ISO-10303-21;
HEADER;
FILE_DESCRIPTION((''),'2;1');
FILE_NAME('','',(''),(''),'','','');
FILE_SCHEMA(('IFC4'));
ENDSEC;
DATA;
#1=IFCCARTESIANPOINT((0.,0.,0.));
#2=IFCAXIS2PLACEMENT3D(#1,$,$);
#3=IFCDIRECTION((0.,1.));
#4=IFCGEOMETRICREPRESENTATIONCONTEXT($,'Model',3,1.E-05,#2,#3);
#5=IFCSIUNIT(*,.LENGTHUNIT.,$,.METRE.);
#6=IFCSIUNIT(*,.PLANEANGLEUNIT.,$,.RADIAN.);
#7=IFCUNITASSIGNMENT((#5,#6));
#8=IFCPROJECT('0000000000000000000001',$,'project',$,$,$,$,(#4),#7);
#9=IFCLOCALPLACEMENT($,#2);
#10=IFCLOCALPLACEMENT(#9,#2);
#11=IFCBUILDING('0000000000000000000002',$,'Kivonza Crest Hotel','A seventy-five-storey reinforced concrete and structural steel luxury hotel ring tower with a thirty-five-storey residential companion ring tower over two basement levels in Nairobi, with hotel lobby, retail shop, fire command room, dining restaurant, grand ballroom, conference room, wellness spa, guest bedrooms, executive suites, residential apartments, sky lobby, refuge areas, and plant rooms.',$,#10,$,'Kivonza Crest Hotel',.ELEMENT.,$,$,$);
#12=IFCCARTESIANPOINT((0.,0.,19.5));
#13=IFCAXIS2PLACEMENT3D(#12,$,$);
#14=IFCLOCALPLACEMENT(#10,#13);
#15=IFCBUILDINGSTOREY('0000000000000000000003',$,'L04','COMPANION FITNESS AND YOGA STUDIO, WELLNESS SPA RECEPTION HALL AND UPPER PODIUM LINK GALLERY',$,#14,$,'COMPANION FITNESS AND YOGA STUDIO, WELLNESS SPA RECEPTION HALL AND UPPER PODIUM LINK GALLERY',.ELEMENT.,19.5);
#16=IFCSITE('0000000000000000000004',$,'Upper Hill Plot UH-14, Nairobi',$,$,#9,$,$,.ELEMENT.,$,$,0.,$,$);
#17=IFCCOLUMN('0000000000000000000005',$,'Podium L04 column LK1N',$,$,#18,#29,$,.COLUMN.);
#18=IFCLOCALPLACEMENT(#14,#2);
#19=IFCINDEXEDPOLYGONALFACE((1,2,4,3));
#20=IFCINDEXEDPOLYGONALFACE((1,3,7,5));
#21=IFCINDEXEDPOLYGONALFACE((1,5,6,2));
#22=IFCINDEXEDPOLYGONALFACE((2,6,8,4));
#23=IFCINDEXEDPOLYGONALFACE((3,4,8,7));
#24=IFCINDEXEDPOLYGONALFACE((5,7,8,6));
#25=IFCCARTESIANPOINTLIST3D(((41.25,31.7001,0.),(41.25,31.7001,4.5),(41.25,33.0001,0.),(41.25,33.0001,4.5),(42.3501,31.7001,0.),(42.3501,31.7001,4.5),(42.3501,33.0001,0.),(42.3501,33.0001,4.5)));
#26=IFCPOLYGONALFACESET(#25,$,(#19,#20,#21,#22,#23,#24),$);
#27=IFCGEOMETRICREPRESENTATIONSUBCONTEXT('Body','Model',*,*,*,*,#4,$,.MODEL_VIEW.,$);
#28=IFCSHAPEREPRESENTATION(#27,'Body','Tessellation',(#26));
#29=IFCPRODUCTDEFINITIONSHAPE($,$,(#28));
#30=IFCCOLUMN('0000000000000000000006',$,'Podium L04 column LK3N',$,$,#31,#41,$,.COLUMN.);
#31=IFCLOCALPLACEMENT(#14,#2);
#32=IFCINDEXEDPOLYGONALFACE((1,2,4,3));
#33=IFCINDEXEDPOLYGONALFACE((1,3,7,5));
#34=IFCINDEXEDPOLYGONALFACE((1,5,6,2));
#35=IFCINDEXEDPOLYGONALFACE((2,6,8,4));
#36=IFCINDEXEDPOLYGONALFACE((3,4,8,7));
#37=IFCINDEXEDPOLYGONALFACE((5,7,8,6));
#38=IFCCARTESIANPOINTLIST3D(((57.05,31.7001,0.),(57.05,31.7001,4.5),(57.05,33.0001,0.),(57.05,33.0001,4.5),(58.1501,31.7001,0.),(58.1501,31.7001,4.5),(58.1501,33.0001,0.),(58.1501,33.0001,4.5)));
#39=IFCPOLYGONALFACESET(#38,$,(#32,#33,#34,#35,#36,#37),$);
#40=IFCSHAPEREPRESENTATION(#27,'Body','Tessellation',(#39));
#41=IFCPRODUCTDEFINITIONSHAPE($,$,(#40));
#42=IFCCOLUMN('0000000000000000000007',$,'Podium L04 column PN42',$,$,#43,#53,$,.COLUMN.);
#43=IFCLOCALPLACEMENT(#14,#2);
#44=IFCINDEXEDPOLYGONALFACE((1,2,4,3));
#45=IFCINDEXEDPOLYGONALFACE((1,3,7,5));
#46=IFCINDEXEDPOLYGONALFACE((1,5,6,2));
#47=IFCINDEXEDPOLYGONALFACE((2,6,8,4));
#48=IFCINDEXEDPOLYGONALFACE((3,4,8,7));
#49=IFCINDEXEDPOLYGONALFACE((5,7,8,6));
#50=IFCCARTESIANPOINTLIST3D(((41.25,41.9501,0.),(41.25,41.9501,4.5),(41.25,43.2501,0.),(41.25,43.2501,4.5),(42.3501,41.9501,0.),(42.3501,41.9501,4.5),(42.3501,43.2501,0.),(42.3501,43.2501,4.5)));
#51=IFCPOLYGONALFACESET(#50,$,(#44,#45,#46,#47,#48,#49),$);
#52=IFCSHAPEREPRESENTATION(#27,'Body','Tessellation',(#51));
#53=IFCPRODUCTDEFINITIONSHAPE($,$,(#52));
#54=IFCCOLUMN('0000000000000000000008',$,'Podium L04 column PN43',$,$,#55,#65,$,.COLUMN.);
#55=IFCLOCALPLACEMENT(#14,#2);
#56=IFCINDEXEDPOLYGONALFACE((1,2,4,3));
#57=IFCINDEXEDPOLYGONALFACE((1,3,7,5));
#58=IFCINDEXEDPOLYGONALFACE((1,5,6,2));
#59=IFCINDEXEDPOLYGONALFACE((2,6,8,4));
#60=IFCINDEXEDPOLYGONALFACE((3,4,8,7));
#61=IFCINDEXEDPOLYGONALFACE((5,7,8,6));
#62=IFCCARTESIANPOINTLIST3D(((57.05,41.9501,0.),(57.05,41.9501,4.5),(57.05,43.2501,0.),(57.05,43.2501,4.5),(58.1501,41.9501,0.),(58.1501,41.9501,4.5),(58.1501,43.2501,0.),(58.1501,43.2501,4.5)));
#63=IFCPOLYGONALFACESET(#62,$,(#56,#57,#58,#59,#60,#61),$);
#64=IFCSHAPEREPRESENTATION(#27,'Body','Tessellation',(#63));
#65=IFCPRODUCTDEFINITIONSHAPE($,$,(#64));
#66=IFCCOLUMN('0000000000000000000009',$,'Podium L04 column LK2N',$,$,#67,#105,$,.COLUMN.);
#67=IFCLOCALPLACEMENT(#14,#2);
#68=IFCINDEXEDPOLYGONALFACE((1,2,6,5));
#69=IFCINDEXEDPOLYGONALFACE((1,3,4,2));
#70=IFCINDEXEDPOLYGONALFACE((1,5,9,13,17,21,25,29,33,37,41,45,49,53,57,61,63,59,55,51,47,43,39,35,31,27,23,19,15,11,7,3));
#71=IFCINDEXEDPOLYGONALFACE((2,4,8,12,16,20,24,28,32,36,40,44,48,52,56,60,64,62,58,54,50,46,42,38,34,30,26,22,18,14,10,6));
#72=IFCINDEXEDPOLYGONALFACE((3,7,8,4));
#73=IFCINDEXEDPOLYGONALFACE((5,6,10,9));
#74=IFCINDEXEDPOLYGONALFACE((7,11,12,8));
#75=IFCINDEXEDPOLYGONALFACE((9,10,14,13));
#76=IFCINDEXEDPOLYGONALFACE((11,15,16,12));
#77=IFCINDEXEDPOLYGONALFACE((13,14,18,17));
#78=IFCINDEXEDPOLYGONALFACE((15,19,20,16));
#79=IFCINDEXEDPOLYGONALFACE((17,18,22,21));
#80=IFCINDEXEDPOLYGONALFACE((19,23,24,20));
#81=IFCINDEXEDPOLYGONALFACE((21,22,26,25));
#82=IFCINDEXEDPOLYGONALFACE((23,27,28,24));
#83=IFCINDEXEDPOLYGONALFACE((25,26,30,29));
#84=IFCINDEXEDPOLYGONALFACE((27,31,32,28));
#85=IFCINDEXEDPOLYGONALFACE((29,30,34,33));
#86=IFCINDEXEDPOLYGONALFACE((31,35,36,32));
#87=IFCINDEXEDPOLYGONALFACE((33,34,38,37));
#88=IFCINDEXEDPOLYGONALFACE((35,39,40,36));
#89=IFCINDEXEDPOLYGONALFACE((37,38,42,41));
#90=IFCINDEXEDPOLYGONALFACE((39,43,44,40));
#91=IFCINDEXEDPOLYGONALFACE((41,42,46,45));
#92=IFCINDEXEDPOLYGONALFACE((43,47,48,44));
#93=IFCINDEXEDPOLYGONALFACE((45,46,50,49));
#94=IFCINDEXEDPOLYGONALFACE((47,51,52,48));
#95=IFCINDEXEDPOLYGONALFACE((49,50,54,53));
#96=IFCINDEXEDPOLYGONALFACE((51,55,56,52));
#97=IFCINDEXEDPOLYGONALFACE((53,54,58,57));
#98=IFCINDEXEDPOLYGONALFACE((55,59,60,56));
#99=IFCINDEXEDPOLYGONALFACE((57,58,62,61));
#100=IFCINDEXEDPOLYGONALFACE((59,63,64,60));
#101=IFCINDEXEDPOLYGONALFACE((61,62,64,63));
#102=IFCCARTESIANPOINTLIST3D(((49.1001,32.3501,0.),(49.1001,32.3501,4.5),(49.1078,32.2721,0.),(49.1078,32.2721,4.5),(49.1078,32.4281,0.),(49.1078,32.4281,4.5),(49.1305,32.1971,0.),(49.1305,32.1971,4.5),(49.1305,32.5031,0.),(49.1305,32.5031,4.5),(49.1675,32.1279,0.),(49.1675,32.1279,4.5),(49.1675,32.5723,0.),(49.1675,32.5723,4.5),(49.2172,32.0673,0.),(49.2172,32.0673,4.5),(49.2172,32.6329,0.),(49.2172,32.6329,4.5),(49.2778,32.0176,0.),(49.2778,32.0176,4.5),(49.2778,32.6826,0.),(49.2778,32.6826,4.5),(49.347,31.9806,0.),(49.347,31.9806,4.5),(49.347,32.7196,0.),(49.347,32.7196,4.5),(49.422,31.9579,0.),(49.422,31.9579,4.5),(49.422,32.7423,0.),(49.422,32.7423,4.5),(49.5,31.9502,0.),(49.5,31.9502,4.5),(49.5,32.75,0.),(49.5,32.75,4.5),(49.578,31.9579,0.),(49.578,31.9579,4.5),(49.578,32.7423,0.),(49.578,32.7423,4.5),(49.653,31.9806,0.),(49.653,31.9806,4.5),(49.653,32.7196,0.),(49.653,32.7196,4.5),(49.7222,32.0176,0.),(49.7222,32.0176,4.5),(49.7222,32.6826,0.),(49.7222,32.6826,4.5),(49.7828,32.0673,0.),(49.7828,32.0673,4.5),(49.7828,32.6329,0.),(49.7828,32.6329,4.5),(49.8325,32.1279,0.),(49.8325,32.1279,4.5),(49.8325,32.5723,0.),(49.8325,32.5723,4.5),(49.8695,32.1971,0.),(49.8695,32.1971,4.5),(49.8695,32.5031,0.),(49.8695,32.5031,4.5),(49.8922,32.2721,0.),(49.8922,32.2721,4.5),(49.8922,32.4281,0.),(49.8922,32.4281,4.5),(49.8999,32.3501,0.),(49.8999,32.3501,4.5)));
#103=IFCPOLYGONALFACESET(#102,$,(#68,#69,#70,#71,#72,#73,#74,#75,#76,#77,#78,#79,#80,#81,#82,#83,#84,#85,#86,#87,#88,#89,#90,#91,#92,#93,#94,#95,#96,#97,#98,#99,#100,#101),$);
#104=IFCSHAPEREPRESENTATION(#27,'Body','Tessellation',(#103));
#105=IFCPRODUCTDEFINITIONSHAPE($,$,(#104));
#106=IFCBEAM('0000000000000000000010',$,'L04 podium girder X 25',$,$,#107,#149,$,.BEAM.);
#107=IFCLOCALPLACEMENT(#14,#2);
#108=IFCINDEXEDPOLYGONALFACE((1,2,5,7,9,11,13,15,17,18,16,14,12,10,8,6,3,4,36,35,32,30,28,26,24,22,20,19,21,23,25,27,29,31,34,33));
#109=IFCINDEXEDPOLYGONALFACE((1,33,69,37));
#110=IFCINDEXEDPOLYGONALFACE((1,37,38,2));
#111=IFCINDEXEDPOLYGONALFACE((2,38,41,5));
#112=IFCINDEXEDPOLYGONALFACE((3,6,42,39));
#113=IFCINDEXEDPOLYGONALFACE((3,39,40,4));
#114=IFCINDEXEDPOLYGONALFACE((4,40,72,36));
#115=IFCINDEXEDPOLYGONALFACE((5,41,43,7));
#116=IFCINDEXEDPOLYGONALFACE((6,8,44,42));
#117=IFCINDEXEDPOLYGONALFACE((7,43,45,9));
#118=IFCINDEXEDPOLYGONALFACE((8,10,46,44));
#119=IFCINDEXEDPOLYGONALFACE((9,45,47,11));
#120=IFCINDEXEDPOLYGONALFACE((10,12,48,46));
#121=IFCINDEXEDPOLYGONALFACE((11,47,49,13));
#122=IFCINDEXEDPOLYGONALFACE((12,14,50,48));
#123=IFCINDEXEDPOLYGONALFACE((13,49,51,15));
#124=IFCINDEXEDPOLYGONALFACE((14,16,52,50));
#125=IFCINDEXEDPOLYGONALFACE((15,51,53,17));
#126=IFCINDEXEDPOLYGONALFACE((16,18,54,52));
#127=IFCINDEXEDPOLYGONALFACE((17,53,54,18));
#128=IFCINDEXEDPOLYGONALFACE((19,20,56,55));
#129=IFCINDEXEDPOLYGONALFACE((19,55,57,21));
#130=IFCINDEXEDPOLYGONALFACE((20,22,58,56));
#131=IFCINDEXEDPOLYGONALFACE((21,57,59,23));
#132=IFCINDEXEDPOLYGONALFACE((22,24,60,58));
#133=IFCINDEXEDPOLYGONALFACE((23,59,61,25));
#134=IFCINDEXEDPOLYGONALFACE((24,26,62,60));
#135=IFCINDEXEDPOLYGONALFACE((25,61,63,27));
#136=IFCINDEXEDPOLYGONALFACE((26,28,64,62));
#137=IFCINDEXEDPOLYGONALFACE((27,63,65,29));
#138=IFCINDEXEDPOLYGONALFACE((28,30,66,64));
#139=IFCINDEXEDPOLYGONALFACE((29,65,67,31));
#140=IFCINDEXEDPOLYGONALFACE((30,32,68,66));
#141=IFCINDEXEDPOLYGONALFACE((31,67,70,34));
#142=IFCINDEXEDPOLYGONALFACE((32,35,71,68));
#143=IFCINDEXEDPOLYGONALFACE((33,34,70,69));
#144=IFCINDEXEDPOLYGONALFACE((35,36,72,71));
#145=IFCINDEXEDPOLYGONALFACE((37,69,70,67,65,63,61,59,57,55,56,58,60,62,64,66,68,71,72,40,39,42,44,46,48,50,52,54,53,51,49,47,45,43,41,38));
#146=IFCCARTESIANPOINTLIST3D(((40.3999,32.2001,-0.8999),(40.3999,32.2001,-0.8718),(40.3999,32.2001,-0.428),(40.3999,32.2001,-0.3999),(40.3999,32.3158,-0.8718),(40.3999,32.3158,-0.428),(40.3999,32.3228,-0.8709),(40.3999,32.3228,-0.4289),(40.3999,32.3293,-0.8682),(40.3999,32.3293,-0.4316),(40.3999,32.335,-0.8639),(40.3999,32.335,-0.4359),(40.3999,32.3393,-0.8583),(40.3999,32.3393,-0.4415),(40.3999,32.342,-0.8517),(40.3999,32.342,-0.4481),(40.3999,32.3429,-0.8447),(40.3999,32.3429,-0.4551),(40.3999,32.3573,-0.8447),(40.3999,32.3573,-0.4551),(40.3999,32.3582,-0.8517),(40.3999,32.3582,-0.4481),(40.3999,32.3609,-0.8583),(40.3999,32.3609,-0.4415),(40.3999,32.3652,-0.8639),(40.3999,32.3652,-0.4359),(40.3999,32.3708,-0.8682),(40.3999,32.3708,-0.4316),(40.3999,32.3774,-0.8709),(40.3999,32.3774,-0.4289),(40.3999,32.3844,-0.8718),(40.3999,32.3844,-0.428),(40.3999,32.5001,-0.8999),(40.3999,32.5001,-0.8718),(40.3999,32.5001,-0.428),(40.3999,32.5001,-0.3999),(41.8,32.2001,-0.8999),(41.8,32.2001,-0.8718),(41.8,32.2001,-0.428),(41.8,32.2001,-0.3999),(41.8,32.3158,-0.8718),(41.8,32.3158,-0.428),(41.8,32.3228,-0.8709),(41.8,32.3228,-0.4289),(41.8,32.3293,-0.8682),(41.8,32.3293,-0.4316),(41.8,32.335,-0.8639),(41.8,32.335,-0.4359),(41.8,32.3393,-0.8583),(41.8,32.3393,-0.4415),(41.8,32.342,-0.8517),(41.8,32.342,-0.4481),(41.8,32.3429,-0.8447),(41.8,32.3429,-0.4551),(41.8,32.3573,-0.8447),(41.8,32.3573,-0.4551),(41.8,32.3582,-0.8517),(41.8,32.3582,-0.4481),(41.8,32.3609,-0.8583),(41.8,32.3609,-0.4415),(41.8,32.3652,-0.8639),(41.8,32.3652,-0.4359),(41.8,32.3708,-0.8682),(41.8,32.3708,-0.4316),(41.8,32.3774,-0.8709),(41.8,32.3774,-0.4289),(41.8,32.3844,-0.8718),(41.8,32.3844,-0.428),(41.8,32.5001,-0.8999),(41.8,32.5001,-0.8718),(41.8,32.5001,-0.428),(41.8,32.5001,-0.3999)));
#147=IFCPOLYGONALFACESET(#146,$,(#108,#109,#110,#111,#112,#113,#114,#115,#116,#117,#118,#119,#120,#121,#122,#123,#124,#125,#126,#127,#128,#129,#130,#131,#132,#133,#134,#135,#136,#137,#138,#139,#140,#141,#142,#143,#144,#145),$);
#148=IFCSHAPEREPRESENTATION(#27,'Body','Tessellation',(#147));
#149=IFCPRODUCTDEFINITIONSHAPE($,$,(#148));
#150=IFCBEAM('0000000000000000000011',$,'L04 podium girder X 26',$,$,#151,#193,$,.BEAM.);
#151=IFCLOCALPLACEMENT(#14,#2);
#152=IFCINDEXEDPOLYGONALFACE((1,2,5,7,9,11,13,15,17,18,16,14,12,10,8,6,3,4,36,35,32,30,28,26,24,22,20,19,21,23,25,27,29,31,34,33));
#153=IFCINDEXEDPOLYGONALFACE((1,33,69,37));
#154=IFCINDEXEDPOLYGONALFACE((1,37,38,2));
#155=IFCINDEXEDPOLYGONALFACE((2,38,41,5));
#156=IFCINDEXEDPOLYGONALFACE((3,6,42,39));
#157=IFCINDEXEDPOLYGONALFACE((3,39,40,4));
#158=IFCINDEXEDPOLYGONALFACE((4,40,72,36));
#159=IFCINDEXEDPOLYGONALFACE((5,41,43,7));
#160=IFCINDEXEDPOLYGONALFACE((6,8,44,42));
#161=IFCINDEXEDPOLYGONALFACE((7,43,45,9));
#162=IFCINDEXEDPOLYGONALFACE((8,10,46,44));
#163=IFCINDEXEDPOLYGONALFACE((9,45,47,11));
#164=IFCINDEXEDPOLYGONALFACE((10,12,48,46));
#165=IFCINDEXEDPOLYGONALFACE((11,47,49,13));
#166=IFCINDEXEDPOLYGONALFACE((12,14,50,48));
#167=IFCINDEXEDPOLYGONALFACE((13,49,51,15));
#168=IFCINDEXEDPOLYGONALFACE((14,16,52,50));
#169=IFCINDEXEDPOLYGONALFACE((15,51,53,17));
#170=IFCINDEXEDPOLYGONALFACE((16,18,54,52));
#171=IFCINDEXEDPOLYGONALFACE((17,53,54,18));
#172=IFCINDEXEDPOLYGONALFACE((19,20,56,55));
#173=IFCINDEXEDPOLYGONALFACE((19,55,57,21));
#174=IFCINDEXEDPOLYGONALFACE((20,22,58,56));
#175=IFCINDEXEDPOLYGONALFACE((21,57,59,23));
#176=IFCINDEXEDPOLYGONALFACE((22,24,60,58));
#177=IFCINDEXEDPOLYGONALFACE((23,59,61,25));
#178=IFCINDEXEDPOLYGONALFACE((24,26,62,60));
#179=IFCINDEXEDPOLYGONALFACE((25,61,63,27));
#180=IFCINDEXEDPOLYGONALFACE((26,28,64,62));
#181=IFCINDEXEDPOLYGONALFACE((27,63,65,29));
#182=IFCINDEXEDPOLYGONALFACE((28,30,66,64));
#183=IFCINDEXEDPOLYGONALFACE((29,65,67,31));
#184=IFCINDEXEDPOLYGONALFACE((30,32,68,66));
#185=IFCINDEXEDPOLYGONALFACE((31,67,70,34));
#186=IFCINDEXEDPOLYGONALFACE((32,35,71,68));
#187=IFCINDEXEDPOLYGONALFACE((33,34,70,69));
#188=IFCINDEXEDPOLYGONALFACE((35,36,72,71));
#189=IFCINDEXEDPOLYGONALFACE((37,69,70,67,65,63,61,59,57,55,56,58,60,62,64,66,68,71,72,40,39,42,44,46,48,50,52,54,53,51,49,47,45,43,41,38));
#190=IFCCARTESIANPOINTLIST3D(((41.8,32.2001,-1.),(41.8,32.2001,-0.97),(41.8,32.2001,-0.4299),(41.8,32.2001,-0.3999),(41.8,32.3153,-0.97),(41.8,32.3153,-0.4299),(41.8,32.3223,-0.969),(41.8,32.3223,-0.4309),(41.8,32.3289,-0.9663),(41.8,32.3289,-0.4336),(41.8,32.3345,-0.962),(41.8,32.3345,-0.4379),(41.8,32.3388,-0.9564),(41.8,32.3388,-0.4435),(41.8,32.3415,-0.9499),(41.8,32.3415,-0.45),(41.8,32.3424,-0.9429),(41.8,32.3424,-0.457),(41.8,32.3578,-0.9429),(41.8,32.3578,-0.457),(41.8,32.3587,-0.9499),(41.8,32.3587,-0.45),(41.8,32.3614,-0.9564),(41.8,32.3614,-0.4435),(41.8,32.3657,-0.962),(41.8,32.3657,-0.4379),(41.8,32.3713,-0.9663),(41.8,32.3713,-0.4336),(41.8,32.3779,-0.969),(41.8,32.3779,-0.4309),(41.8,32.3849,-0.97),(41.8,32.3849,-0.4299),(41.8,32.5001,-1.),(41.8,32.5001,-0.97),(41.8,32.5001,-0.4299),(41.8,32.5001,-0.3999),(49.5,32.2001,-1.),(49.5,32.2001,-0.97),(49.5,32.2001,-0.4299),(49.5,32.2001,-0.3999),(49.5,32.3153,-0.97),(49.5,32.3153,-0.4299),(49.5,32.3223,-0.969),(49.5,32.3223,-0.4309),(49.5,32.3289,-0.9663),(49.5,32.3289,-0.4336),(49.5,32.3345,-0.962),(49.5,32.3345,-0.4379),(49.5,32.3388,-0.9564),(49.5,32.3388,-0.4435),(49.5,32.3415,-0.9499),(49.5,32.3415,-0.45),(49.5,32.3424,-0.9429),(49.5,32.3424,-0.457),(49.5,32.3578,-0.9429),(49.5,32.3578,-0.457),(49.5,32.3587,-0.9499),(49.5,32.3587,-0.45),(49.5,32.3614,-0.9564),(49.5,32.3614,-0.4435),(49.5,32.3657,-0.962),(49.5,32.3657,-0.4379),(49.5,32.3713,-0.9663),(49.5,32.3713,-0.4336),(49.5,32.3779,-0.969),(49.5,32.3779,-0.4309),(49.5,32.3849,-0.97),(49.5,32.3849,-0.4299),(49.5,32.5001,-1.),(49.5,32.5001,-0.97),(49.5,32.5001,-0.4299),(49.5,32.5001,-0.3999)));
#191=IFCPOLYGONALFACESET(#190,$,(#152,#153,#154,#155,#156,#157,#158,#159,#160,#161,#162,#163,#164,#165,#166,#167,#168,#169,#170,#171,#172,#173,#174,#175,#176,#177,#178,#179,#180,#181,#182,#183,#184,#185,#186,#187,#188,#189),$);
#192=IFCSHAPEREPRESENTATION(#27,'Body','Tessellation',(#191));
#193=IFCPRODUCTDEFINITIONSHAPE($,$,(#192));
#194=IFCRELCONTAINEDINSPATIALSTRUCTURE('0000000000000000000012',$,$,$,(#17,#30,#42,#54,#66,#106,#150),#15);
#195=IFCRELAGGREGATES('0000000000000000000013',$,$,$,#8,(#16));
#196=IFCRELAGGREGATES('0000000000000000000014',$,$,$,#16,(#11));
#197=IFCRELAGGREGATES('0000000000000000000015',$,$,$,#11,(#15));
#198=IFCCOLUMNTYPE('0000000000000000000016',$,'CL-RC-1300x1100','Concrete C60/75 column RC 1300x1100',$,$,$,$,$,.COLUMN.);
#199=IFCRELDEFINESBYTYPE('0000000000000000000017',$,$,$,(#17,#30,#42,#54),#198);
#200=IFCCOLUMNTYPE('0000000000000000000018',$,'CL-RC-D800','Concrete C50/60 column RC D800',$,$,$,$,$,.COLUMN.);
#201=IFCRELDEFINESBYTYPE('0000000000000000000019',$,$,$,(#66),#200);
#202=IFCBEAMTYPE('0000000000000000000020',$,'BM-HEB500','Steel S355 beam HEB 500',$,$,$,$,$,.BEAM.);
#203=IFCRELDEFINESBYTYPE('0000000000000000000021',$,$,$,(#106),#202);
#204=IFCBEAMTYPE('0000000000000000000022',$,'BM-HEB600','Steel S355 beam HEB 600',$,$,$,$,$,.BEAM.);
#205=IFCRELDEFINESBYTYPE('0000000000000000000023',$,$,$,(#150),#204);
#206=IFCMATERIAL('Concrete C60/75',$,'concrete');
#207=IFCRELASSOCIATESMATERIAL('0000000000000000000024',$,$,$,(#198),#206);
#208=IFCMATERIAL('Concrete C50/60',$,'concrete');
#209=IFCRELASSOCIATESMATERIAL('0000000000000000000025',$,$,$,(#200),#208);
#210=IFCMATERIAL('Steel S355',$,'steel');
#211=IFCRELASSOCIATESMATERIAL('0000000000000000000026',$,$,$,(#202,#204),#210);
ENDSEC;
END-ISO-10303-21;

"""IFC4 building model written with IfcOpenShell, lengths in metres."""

from ifc_helpers import new_model, si_unit, direction, frame, origin, origin_2d, place, context, subcontext, project, spatial, rectangle, circle, i_section, extrude, material, material_profile, profile_set, type_object, element, save


model = new_model("IFC4")

# Units and contexts
model_context = context("Model", 3, precision=1e-05, world=origin(), true_north=direction((0.0, 1.0)))
body_context = subcontext(model_context, "Body", "Model", "MODEL_VIEW")
ifc_project = project(units=[si_unit("LENGTHUNIT", "METRE"), si_unit("PLANEANGLEUNIT", "RADIAN")], contexts=[model_context])

# Site, building, storey
site_placement = place(None, origin())
site = spatial("IfcSite", under=ifc_project, at=site_placement, Name="Upper Hill Plot UH-14, Nairobi", CompositionType="ELEMENT", RefElevation=0.0)
building_placement = place(site_placement, origin())
building = spatial("IfcBuilding", under=site, at=building_placement, Name="Kivonza Crest Hotel", Description="A seventy-five-storey reinforced concrete and structural steel luxury hotel ring tower with a thirty-five-storey residential companion ring tower over two basement levels in Nairobi, with hotel lobby, retail shop, fire command room, dining restaurant, grand ballroom, conference room, wellness spa, guest bedrooms, executive suites, residential apartments, sky lobby, refuge areas, and plant rooms.", LongName="Kivonza Crest Hotel", CompositionType="ELEMENT")
storey_placement = place(building_placement, frame((0.0, 0.0, 19.5)))
storey = spatial("IfcBuildingStorey", under=building, at=storey_placement, Name="L04", Description="COMPANION FITNESS AND YOGA STUDIO, WELLNESS SPA RECEPTION HALL AND UPPER PODIUM LINK GALLERY", LongName="COMPANION FITNESS AND YOGA STUDIO, WELLNESS SPA RECEPTION HALL AND UPPER PODIUM LINK GALLERY", CompositionType="ELEMENT", Elevation=19.5)

# Columns
ifc_material_1 = material(Name="Concrete C60/75", Category="concrete")
ifc_material_profile_1 = material_profile(ifc_material_1, rectangle(XDim=1.1001, YDim=1.3, at=origin_2d()), Name="RC 1300x1100")
ifc_profile_set_1 = profile_set([ifc_material_profile_1], Name="Concrete C60/75")
column_type_1 = type_object("IfcColumnType", Name="CL-RC-1300x1100", Description="Concrete C60/75 column RC 1300x1100", PredefinedType="COLUMN", material=ifc_profile_set_1)
for number, where, z_axis, x_axis, name in (
    (1, (41.8, 32.3501, 0.0), (0.0, 0.0, 1.0), (1.0, 0.0, 0.0), "Podium L04 column LK1N"),
    (2, (57.6001, 32.3501, 0.0), (0.0, 0.0, 1.0), (1.0, 0.0, 0.0), "Podium L04 column LK3N"),
    (3, (41.8, 42.6001, 0.0), (0.0, 0.0, 1.0), (1.0, 0.0, 0.0), "Podium L04 column PN42"),
    (4, (57.6001, 42.6001, 0.0), (0.0, 0.0, 1.0), (1.0, 0.0, 0.0), "Podium L04 column PN43"),
):
    element("IfcColumn", number, at=place(storey_placement, frame(where, z_axis=z_axis, x_axis=x_axis)), inside=storey, type_object=column_type_1, Name=name, PredefinedType="COLUMN", context=body_context, shape_type="SweptSolid", body=[
        extrude(rectangle(XDim=1.1001, YDim=1.3, at=origin_2d()), origin(), (0.0, 0.0, 1.0), 4.5),
    ])
ifc_material_2 = material(Name="Concrete C50/60", Category="concrete")
ifc_material_profile_2 = material_profile(ifc_material_2, circle(Radius=0.3999, at=origin_2d()), Name="RC D800")
ifc_profile_set_2 = profile_set([ifc_material_profile_2], Name="Concrete C50/60")
column_type_2 = type_object("IfcColumnType", Name="CL-RC-D800", Description="Concrete C50/60 column RC D800", PredefinedType="COLUMN", material=ifc_profile_set_2)
column_placement = place(storey_placement, frame((49.5, 32.3501, 0.0), z_axis=(0.0, 0.0, 1.0), x_axis=(1.0, 0.0, 0.0)))
element("IfcColumn", 5, at=column_placement, inside=storey, type_object=column_type_2, Name="Podium L04 column LK2N", PredefinedType="COLUMN", context=body_context, shape_type="SweptSolid", body=[
    extrude(circle(Radius=0.3999, at=origin_2d()), origin(), (0.0, 0.0, 1.0), 4.5),
])

# Beams
ifc_material_3 = material(Name="Steel S355", Category="steel")
ifc_material_profile_3 = material_profile(ifc_material_3, i_section(OverallWidth=0.3, OverallDepth=0.5, WebThickness=0.0144, FlangeThickness=0.0281, FilletRadius=0.0271, at=origin_2d()), Name="HEB 500")
ifc_profile_set_3 = profile_set([ifc_material_profile_3], Name="Steel S355")
beam_type_1 = type_object("IfcBeamType", Name="BM-HEB500", Description="Steel S355 beam HEB 500", PredefinedType="BEAM", material=ifc_profile_set_3)
beam_1_placement = place(storey_placement, frame((40.3999, 32.3501, -0.6499), z_axis=(1.0, 0.0, 0.0), x_axis=(0.0, 1.0, 0.0)))
element("IfcBeam", 6, at=beam_1_placement, inside=storey, type_object=beam_type_1, Name="L04 podium girder X 25", PredefinedType="BEAM", context=body_context, shape_type="SweptSolid", body=[
    extrude(i_section(OverallWidth=0.3, OverallDepth=0.5, WebThickness=0.0144, FlangeThickness=0.0281, FilletRadius=0.0271, at=origin_2d()), origin(), (0.0, 0.0, 1.0), 1.4001),
])
ifc_material_profile_4 = material_profile(ifc_material_3, i_section(OverallWidth=0.3, OverallDepth=0.6001, WebThickness=0.0154, FlangeThickness=0.03, FilletRadius=0.0271, at=origin_2d()), Name="HEB 600")
ifc_profile_set_4 = profile_set([ifc_material_profile_4], Name="Steel S355")
beam_type_2 = type_object("IfcBeamType", Name="BM-HEB600", Description="Steel S355 beam HEB 600", PredefinedType="BEAM", material=ifc_profile_set_4)
beam_2_placement = place(storey_placement, frame((41.8, 32.3501, -0.7), z_axis=(1.0, 0.0, 0.0), x_axis=(0.0, 1.0, 0.0)))
element("IfcBeam", 7, at=beam_2_placement, inside=storey, type_object=beam_type_2, Name="L04 podium girder X 26", PredefinedType="BEAM", context=body_context, shape_type="SweptSolid", body=[
    extrude(i_section(OverallWidth=0.3, OverallDepth=0.6001, WebThickness=0.0154, FlangeThickness=0.03, FilletRadius=0.0271, at=origin_2d()), origin(), (0.0, 0.0, 1.0), 7.7),
])

save(model, "model.ifc")
